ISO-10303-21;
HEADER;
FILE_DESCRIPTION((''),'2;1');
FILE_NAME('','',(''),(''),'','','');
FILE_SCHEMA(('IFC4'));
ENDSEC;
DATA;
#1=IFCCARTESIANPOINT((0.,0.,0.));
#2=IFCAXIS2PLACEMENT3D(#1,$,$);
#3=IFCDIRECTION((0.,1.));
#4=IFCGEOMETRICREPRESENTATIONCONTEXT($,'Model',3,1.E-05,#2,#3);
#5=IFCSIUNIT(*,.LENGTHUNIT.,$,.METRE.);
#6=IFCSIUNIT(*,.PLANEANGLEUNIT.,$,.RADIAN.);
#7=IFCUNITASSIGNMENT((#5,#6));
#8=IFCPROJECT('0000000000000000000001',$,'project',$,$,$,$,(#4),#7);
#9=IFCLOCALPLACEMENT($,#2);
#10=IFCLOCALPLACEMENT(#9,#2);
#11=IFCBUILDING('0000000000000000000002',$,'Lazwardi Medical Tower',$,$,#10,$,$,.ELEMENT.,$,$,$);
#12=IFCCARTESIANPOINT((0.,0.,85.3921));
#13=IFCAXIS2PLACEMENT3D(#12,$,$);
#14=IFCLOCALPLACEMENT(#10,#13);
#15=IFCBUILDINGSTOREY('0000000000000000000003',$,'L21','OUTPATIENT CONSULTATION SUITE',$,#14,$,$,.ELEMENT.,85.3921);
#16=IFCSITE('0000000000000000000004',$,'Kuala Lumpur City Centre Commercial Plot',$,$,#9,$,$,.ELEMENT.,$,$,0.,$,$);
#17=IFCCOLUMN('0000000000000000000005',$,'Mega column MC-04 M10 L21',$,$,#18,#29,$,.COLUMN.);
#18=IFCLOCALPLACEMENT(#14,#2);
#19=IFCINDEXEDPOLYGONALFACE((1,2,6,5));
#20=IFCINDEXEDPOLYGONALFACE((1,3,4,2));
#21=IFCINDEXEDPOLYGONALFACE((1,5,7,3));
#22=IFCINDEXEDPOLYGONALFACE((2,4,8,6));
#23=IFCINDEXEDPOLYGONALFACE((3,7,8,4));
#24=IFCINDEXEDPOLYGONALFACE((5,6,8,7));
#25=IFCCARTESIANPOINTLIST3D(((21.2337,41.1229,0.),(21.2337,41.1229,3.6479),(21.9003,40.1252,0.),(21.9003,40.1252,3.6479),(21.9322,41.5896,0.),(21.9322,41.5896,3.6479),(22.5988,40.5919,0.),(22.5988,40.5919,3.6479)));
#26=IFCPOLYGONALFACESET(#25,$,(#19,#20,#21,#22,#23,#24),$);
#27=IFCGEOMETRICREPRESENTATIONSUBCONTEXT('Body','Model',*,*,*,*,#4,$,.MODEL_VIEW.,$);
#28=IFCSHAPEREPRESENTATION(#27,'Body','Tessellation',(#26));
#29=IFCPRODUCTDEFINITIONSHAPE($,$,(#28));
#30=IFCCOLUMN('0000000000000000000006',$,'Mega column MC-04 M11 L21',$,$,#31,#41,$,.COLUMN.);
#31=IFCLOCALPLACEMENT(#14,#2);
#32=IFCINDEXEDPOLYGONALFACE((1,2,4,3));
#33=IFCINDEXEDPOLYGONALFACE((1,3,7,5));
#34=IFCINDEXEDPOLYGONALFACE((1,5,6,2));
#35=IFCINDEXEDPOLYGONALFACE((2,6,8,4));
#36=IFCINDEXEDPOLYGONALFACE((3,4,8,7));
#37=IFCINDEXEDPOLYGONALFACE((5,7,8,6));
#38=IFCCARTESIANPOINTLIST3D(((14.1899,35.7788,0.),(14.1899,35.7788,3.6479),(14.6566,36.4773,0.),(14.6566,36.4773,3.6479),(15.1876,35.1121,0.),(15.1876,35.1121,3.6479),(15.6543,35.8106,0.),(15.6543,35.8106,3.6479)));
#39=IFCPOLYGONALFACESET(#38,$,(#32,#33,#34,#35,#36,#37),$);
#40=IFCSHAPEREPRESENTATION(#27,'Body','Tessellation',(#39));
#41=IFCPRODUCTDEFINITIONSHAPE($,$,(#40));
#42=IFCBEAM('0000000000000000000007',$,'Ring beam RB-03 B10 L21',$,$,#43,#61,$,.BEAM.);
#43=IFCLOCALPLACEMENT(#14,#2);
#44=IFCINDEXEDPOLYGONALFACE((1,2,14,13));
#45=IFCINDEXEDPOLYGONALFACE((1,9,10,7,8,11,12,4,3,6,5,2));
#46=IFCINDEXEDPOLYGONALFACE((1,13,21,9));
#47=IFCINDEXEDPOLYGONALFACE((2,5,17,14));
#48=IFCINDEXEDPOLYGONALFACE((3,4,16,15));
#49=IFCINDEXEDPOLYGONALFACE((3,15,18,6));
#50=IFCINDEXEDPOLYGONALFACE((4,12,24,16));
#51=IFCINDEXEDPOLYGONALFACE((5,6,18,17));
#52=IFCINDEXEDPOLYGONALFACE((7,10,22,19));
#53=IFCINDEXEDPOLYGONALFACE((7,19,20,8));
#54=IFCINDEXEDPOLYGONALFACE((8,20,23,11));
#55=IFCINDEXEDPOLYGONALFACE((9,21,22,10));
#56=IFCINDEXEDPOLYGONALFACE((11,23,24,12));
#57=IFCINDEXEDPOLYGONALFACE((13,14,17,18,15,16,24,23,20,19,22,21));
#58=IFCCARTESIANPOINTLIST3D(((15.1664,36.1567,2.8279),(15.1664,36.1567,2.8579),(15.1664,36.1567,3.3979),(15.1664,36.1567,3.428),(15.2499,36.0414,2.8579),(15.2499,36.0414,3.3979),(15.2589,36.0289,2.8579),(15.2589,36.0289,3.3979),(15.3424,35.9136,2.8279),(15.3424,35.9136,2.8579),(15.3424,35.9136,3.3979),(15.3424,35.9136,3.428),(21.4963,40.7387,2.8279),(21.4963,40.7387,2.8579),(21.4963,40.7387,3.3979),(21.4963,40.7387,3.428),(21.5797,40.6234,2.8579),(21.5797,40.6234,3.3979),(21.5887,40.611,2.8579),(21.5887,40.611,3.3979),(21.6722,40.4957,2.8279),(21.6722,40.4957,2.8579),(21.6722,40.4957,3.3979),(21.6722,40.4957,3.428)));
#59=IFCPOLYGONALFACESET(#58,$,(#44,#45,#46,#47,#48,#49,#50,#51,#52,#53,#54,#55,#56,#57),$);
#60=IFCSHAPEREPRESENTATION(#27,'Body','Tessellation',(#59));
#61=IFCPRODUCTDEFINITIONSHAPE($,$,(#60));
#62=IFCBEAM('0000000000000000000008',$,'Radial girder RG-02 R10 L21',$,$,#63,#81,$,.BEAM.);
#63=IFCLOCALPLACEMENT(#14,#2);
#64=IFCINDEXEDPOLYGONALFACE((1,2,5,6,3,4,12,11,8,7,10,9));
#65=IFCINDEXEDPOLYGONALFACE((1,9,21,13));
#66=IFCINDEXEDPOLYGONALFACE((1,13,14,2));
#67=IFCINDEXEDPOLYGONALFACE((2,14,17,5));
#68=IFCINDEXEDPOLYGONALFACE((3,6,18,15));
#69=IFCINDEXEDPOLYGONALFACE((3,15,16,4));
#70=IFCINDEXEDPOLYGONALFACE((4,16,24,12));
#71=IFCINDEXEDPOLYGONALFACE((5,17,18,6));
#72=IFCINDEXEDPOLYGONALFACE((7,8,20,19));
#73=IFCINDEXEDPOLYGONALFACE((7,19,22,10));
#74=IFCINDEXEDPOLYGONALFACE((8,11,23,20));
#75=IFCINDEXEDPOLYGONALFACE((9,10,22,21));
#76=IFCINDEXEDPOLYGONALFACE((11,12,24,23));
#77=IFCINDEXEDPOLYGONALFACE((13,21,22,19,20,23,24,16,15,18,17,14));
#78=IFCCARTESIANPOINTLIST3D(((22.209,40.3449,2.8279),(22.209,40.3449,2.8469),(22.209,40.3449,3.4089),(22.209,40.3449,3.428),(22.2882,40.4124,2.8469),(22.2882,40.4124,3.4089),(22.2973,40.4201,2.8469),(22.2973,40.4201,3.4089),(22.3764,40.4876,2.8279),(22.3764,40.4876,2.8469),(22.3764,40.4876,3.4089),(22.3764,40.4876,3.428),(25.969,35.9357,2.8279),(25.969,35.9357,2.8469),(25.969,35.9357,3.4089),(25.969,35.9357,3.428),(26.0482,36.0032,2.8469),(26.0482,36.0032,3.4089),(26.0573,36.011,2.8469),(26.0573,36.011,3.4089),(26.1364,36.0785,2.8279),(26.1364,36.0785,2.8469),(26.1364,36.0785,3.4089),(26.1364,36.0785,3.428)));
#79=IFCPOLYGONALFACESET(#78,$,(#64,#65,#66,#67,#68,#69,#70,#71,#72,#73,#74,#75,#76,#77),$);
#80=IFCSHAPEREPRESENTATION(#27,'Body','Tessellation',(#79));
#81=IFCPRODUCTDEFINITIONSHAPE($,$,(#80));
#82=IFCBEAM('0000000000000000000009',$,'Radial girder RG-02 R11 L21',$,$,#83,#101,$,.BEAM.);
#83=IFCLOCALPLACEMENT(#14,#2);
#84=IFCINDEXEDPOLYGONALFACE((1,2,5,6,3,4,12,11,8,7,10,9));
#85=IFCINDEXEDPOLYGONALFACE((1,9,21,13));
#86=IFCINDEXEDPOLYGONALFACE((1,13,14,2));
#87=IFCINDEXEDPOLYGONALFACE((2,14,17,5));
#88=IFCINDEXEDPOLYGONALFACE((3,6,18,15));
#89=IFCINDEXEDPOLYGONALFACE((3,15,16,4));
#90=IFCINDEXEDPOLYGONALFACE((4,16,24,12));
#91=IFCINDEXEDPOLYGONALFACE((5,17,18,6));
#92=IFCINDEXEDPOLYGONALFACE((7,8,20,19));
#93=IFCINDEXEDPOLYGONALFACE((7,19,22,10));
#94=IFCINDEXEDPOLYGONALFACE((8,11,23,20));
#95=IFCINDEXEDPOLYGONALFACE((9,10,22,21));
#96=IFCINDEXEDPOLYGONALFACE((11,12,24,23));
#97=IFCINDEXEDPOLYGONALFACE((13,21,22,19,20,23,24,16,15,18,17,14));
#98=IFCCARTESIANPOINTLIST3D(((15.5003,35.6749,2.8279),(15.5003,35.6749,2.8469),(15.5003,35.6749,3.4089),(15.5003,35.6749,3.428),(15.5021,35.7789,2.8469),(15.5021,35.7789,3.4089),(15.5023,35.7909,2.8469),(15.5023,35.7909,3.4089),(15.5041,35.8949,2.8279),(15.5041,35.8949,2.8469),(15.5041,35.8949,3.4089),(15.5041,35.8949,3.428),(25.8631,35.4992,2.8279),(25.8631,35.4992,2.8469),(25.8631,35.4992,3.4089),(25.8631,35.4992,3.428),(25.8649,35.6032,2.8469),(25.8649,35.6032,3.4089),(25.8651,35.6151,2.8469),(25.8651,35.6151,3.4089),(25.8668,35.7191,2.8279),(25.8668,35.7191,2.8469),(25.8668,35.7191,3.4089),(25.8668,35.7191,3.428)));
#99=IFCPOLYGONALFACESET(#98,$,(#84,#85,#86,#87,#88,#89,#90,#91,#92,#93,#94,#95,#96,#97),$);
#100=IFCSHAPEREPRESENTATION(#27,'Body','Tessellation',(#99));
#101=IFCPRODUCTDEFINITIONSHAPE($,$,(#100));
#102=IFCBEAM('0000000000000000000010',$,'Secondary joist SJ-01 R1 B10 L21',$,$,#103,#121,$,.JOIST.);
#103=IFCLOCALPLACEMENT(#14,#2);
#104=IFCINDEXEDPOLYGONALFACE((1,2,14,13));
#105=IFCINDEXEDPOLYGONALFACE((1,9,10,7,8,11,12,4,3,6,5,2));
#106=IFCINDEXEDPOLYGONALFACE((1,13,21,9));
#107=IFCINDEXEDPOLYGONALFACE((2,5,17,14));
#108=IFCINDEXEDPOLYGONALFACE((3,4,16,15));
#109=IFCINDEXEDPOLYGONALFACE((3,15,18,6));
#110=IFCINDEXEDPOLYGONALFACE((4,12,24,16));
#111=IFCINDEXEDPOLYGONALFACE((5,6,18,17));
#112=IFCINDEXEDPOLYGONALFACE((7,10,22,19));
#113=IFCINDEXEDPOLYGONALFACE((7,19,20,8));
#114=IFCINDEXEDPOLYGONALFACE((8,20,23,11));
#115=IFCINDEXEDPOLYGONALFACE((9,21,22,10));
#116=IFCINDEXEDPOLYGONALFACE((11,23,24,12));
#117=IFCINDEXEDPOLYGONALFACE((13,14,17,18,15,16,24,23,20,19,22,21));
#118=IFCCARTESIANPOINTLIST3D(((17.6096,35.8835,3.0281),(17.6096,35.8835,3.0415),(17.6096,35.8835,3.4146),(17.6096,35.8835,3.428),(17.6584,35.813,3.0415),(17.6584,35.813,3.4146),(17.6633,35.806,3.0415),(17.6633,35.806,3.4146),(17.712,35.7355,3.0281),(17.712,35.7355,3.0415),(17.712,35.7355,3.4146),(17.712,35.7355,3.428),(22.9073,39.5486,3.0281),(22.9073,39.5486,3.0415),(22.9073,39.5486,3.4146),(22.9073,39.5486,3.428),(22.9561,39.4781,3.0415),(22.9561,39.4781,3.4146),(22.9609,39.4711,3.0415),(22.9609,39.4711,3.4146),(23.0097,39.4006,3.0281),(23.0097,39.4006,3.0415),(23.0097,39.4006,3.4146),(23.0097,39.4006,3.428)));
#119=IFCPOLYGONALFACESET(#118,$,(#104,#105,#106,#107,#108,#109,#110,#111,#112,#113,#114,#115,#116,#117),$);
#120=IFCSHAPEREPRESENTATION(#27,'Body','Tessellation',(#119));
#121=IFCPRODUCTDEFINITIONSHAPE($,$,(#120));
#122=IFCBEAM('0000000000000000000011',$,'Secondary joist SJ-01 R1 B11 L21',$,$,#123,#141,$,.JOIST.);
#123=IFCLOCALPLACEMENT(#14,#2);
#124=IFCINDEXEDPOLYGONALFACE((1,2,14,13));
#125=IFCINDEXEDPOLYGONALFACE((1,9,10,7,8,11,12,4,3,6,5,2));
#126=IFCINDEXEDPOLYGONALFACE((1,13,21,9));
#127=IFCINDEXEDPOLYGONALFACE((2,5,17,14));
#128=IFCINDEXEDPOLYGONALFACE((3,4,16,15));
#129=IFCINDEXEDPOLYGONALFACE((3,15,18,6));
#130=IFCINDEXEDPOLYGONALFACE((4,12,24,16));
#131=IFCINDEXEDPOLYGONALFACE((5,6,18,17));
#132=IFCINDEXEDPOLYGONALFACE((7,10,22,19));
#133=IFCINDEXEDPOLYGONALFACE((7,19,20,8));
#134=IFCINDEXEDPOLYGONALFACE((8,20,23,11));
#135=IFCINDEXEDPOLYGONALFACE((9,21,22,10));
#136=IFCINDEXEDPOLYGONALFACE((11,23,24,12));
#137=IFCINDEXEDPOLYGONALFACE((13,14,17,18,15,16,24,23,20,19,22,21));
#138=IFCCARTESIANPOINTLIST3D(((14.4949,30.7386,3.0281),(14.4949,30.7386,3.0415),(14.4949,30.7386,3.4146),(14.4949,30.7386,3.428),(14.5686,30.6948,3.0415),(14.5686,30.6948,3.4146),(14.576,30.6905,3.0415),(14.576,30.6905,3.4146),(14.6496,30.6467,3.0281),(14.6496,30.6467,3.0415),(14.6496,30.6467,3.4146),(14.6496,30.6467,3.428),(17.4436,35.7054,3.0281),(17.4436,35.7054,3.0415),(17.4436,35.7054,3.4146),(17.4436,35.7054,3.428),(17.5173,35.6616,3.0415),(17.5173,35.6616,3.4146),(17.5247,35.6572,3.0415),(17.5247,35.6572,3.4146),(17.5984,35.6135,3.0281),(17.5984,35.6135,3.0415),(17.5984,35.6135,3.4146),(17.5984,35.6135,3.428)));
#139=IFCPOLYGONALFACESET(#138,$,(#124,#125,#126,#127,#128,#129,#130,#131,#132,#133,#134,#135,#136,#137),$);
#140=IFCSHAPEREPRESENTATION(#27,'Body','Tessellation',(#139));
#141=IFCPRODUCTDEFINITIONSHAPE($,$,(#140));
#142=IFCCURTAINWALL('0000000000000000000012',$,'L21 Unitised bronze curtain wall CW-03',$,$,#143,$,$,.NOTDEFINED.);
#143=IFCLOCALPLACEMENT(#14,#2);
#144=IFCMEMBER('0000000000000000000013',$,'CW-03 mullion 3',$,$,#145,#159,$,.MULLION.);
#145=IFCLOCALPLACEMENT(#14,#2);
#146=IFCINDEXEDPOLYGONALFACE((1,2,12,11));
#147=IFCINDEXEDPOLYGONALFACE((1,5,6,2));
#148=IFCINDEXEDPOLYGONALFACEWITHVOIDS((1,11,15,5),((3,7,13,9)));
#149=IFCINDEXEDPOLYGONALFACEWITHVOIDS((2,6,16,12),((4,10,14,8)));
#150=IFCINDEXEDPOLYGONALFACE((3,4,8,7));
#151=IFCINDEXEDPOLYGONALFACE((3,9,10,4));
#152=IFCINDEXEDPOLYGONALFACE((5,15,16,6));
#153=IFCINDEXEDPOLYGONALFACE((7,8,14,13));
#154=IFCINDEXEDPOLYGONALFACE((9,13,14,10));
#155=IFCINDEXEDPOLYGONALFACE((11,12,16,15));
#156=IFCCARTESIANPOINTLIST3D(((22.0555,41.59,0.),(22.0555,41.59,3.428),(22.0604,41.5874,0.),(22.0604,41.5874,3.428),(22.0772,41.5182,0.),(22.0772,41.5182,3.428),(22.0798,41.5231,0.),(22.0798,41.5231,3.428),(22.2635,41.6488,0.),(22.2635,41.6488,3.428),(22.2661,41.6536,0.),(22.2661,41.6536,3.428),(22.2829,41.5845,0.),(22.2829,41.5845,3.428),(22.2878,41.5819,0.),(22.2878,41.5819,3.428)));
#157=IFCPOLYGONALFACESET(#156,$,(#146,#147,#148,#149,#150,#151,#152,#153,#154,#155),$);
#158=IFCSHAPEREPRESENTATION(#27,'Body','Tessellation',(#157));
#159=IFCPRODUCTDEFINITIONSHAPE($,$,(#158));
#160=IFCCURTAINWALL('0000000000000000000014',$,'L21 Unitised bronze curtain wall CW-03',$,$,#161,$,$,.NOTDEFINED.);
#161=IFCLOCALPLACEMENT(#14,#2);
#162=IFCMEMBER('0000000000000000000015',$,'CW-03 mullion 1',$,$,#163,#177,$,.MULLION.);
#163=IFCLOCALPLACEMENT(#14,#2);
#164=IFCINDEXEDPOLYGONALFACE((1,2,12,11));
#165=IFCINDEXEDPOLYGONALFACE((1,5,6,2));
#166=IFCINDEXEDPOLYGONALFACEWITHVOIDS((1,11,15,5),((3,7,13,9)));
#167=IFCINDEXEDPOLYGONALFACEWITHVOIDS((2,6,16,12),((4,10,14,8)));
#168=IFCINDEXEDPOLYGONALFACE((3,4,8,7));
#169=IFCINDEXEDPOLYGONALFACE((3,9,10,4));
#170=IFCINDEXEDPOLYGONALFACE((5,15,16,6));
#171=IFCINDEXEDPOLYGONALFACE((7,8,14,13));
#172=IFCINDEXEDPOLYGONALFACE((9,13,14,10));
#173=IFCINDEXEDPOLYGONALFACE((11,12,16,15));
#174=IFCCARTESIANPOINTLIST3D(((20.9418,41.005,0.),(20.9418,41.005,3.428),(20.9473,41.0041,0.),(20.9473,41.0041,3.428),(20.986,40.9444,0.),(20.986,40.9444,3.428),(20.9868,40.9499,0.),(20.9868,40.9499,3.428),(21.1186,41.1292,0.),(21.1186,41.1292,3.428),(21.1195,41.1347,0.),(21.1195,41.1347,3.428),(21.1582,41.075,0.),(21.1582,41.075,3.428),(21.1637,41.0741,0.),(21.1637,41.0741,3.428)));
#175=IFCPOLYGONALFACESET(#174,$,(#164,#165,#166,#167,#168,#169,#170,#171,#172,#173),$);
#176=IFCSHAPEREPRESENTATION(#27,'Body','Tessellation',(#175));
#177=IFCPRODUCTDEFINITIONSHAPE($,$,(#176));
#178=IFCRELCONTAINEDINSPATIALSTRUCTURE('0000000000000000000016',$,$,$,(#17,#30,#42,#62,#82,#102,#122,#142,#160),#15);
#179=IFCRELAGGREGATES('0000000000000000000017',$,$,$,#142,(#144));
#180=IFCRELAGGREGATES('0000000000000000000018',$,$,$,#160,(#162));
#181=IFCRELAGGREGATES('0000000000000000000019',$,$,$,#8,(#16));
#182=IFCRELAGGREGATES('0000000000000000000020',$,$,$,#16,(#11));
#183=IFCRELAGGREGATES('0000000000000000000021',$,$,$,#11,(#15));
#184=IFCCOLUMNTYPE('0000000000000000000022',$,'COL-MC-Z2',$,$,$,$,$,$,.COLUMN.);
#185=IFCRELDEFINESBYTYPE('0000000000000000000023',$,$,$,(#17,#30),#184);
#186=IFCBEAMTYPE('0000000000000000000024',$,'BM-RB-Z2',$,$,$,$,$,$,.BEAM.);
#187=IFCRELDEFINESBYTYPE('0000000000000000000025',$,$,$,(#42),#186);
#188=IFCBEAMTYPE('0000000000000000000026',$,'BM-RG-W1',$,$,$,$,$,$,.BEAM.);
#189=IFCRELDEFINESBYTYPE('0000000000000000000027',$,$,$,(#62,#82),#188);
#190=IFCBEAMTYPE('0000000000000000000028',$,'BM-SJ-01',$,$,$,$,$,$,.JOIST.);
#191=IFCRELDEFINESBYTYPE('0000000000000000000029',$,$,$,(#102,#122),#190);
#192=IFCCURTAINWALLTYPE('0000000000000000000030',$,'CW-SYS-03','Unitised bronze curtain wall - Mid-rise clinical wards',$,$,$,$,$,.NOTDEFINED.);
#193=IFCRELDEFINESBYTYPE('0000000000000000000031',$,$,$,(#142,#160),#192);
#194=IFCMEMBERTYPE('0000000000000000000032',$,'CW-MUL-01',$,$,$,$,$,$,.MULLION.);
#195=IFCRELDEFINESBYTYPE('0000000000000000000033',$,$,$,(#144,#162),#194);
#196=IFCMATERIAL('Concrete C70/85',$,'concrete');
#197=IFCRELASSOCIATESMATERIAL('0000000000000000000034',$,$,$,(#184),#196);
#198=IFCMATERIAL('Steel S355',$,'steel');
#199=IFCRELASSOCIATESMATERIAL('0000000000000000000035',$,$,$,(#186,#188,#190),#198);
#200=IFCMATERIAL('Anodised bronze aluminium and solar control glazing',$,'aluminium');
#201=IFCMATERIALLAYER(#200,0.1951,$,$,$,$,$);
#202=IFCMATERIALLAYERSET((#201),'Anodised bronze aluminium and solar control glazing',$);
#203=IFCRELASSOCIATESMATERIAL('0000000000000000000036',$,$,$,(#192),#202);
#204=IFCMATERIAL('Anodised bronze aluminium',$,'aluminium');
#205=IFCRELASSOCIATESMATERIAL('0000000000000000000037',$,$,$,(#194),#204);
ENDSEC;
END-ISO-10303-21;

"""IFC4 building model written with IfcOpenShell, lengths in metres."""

from ifc_helpers import new_model, si_unit, direction, frame, origin, origin_2d, place, context, subcontext, project, spatial, rectangle, hollow_rectangle, i_section, extrude, material, layer, layer_set, material_profile, profile_set, type_object, element, aggregate, save


model = new_model("IFC4")

# Units and contexts
model_context = context("Model", 3, precision=1e-05, world=origin(), true_north=direction((0.0, 1.0)))
body_context = subcontext(model_context, "Body", "Model", "MODEL_VIEW")
ifc_project = project(units=[si_unit("LENGTHUNIT", "METRE"), si_unit("PLANEANGLEUNIT", "RADIAN")], contexts=[model_context])

# Site, building, storey
site_placement = place(None, origin())
site = spatial("IfcSite", under=ifc_project, at=site_placement, Name="Kuala Lumpur City Centre Commercial Plot", CompositionType="ELEMENT", RefElevation=0.0)
building_placement = place(site_placement, origin())
building = spatial("IfcBuilding", under=site, at=building_placement, Name="Lazwardi Medical Tower", CompositionType="ELEMENT")
storey_placement = place(building_placement, frame((0.0, 0.0, 85.3921)))
storey = spatial("IfcBuildingStorey", under=building, at=storey_placement, Name="L21", Description="OUTPATIENT CONSULTATION SUITE", CompositionType="ELEMENT", Elevation=85.3921)

# Columns
ifc_material_1 = material(Name="Concrete C70/85", Category="concrete")
ifc_material_profile_1 = material_profile(ifc_material_1, rectangle(XDim=1.2, YDim=0.8401, at=origin_2d()), Name="CFT-RECT 1200x840")
ifc_profile_set_1 = profile_set([ifc_material_profile_1], Name="Concrete C70/85")
column_type = type_object("IfcColumnType", Name="COL-MC-Z2", PredefinedType="COLUMN", material=ifc_profile_set_1)
for number, where, z_axis, x_axis, name in (
    (1, (21.9163, 40.8574, 0.0), (0.0, 0.0, 1.0), (-0.55557, 0.83147, 0.0), "Mega column MC-04 M10 L21"),
    (2, (14.9221, 35.7947, 0.0), (0.0, 0.0, 1.0), (-0.83147, 0.55557, 0.0), "Mega column MC-04 M11 L21"),
):
    element("IfcColumn", number, at=place(storey_placement, frame(where, z_axis=z_axis, x_axis=x_axis)), inside=storey, type_object=column_type, Name=name, PredefinedType="COLUMN", context=body_context, shape_type="SweptSolid", body=[
        extrude(rectangle(XDim=1.2, YDim=0.8401, at=origin_2d()), origin(), (0.0, 0.0, 1.0), 3.6479),
    ])

# Beams
ifc_material_2 = material(Name="Steel S355", Category="steel")
ifc_material_profile_2 = material_profile(ifc_material_2, i_section(OverallWidth=0.3, OverallDepth=0.6001, WebThickness=0.0154, FlangeThickness=0.03, at=origin_2d()), Name="HEB 600")
ifc_profile_set_2 = profile_set([ifc_material_profile_2], Name="Steel S355")
beam_type_1 = type_object("IfcBeamType", Name="BM-RB-Z2", PredefinedType="BEAM", material=ifc_profile_set_2)
beam_1_placement = place(storey_placement, frame((21.5842, 40.6172, 3.1279), z_axis=(-0.810042, -0.586372, 0.0), x_axis=(0.586372, -0.810042, 0.0)))
element("IfcBeam", 3, at=beam_1_placement, inside=storey, type_object=beam_type_1, Name="Ring beam RB-03 B10 L21", PredefinedType="BEAM", context=body_context, shape_type="SweptSolid", body=[
    extrude(i_section(OverallWidth=0.3, OverallDepth=0.6001, WebThickness=0.0154, FlangeThickness=0.03, at=origin_2d()), origin(), (0.0, 0.0, 1.0), 7.8142),
])
ifc_material_profile_3 = material_profile(ifc_material_2, i_section(OverallWidth=0.22, OverallDepth=0.6001, WebThickness=0.012, FlangeThickness=0.019, at=origin_2d()), Name="IPE 600")
ifc_profile_set_3 = profile_set([ifc_material_profile_3], Name="Steel S355")
beam_type_2 = type_object("IfcBeamType", Name="BM-RG-W1", PredefinedType="BEAM", material=ifc_profile_set_3)
beam_2_placement = place(storey_placement, frame((22.2927, 40.4163, 3.1279), z_axis=(0.648871, -0.760899, 0.0), x_axis=(0.760899, 0.648871, 0.0)))
element("IfcBeam", 4, at=beam_2_placement, inside=storey, type_object=beam_type_2, Name="Radial girder RG-02 R10 L21", PredefinedType="BEAM", context=body_context, shape_type="SweptSolid", body=[
    extrude(i_section(OverallWidth=0.22, OverallDepth=0.6001, WebThickness=0.012, FlangeThickness=0.019, at=origin_2d()), origin(), (0.0, 0.0, 1.0), 5.7947),
])
beam_3_placement = place(storey_placement, frame((15.5022, 35.7849, 3.1279), z_axis=(0.999856, -0.01696, 0.0), x_axis=(0.01696, 0.999856, 0.0)))
element("IfcBeam", 5, at=beam_3_placement, inside=storey, type_object=beam_type_2, Name="Radial girder RG-02 R11 L21", PredefinedType="BEAM", context=body_context, shape_type="SweptSolid", body=[
    extrude(i_section(OverallWidth=0.22, OverallDepth=0.6001, WebThickness=0.012, FlangeThickness=0.019, at=origin_2d()), origin(), (0.0, 0.0, 1.0), 10.3643),
])
ifc_material_profile_4 = material_profile(ifc_material_2, i_section(OverallWidth=0.1799, OverallDepth=0.3999, WebThickness=0.0085, FlangeThickness=0.0134, at=origin_2d()), Name="IPE 400")
ifc_profile_set_4 = profile_set([ifc_material_profile_4], Name="Steel S355")
beam_type_3 = type_object("IfcBeamType", Name="BM-SJ-01", PredefinedType="JOIST", material=ifc_profile_set_4)
beam_4_placement = place(storey_placement, frame((22.9585, 39.4746, 3.228), z_axis=(-0.822376, -0.568944, 0.0), x_axis=(0.568944, -0.822376, 0.0)))
element("IfcBeam", 6, at=beam_4_placement, inside=storey, type_object=beam_type_3, Name="Secondary joist SJ-01 R1 B10 L21", PredefinedType="JOIST", context=body_context, shape_type="SweptSolid", body=[
    extrude(i_section(OverallWidth=0.1799, OverallDepth=0.3999, WebThickness=0.0085, FlangeThickness=0.0134, at=origin_2d()), origin(), (0.0, 0.0, 1.0), 6.4419),
])
beam_5_placement = place(storey_placement, frame((17.521, 35.6594, 3.228), z_axis=(-0.5105, -0.859878, 0.0), x_axis=(0.859878, -0.5105, 0.0)))
element("IfcBeam", 7, at=beam_5_placement, inside=storey, type_object=beam_type_3, Name="Secondary joist SJ-01 R1 B11 L21", PredefinedType="JOIST", context=body_context, shape_type="SweptSolid", body=[
    extrude(i_section(OverallWidth=0.1799, OverallDepth=0.3999, WebThickness=0.0085, FlangeThickness=0.0134, at=origin_2d()), origin(), (0.0, 0.0, 1.0), 5.7761),
])

# Curtain wall, member
ifc_material_3 = material(Name="Anodised bronze aluminium and solar control glazing", Category="aluminium")
ifc_layer_1 = layer(ifc_material_3, 0.1951)
ifc_layer_set_1 = layer_set([ifc_layer_1], Name="Anodised bronze aluminium and solar control glazing")
curtain_wall_type = type_object("IfcCurtainWallType", Name="CW-SYS-03", Description="Unitised bronze curtain wall - Mid-rise clinical wards", PredefinedType="NOTDEFINED", material=ifc_layer_set_1)
curtain_wall_1_placement = place(storey_placement, origin())
curtain_wall_1 = element("IfcCurtainWall", 8, at=curtain_wall_1_placement, inside=storey, type_object=curtain_wall_type, Name="L21 Unitised bronze curtain wall CW-03", PredefinedType="NOTDEFINED")
ifc_material_4 = material(Name="Anodised bronze aluminium", Category="aluminium")
ifc_material_profile_5 = material_profile(ifc_material_4, hollow_rectangle(XDim=0.075, YDim=0.22, WallThickness=0.0039, at=origin_2d()), Name="ALU-MULLION 220x75x4")
ifc_profile_set_5 = profile_set([ifc_material_profile_5], Name="Anodised bronze aluminium")
member_type_1 = type_object("IfcMemberType", Name="CW-MUL-01", PredefinedType="MULLION", material=ifc_profile_set_5)
member_1_placement = place(storey_placement, frame((22.1716, 41.5859, 0.0), z_axis=(0.0, 0.0, 1.0), x_axis=(0.289374, -0.957216, 0.0)))
member_1 = element("IfcMember", 9, at=member_1_placement, type_object=member_type_1, Name="CW-03 mullion 3", PredefinedType="MULLION", context=body_context, shape_type="SweptSolid", body=[
    extrude(hollow_rectangle(XDim=0.075, YDim=0.22, WallThickness=0.0039, at=origin_2d()), origin(), (0.0, 0.0, 1.0), 3.428),
])
aggregate(curtain_wall_1, [member_1])

# Curtain wall, member
curtain_wall_2_placement = place(storey_placement, origin())
curtain_wall_2 = element("IfcCurtainWall", 10, at=curtain_wall_2_placement, inside=storey, type_object=curtain_wall_type, Name="L21 Unitised bronze curtain wall CW-03", PredefinedType="NOTDEFINED")
member_2_placement = place(storey_placement, frame((21.0527, 41.0396, 0.0), z_axis=(0.0, 0.0, 1.0), x_axis=(0.589531, -0.807746, 0.0)))
member_2 = element("IfcMember", 11, at=member_2_placement, type_object=member_type_1, Name="CW-03 mullion 1", PredefinedType="MULLION", context=body_context, shape_type="SweptSolid", body=[
    extrude(hollow_rectangle(XDim=0.075, YDim=0.22, WallThickness=0.0039, at=origin_2d()), origin(), (0.0, 0.0, 1.0), 3.428),
])

aggregate(curtain_wall_2, [member_2])

save(model, "model.ifc")
